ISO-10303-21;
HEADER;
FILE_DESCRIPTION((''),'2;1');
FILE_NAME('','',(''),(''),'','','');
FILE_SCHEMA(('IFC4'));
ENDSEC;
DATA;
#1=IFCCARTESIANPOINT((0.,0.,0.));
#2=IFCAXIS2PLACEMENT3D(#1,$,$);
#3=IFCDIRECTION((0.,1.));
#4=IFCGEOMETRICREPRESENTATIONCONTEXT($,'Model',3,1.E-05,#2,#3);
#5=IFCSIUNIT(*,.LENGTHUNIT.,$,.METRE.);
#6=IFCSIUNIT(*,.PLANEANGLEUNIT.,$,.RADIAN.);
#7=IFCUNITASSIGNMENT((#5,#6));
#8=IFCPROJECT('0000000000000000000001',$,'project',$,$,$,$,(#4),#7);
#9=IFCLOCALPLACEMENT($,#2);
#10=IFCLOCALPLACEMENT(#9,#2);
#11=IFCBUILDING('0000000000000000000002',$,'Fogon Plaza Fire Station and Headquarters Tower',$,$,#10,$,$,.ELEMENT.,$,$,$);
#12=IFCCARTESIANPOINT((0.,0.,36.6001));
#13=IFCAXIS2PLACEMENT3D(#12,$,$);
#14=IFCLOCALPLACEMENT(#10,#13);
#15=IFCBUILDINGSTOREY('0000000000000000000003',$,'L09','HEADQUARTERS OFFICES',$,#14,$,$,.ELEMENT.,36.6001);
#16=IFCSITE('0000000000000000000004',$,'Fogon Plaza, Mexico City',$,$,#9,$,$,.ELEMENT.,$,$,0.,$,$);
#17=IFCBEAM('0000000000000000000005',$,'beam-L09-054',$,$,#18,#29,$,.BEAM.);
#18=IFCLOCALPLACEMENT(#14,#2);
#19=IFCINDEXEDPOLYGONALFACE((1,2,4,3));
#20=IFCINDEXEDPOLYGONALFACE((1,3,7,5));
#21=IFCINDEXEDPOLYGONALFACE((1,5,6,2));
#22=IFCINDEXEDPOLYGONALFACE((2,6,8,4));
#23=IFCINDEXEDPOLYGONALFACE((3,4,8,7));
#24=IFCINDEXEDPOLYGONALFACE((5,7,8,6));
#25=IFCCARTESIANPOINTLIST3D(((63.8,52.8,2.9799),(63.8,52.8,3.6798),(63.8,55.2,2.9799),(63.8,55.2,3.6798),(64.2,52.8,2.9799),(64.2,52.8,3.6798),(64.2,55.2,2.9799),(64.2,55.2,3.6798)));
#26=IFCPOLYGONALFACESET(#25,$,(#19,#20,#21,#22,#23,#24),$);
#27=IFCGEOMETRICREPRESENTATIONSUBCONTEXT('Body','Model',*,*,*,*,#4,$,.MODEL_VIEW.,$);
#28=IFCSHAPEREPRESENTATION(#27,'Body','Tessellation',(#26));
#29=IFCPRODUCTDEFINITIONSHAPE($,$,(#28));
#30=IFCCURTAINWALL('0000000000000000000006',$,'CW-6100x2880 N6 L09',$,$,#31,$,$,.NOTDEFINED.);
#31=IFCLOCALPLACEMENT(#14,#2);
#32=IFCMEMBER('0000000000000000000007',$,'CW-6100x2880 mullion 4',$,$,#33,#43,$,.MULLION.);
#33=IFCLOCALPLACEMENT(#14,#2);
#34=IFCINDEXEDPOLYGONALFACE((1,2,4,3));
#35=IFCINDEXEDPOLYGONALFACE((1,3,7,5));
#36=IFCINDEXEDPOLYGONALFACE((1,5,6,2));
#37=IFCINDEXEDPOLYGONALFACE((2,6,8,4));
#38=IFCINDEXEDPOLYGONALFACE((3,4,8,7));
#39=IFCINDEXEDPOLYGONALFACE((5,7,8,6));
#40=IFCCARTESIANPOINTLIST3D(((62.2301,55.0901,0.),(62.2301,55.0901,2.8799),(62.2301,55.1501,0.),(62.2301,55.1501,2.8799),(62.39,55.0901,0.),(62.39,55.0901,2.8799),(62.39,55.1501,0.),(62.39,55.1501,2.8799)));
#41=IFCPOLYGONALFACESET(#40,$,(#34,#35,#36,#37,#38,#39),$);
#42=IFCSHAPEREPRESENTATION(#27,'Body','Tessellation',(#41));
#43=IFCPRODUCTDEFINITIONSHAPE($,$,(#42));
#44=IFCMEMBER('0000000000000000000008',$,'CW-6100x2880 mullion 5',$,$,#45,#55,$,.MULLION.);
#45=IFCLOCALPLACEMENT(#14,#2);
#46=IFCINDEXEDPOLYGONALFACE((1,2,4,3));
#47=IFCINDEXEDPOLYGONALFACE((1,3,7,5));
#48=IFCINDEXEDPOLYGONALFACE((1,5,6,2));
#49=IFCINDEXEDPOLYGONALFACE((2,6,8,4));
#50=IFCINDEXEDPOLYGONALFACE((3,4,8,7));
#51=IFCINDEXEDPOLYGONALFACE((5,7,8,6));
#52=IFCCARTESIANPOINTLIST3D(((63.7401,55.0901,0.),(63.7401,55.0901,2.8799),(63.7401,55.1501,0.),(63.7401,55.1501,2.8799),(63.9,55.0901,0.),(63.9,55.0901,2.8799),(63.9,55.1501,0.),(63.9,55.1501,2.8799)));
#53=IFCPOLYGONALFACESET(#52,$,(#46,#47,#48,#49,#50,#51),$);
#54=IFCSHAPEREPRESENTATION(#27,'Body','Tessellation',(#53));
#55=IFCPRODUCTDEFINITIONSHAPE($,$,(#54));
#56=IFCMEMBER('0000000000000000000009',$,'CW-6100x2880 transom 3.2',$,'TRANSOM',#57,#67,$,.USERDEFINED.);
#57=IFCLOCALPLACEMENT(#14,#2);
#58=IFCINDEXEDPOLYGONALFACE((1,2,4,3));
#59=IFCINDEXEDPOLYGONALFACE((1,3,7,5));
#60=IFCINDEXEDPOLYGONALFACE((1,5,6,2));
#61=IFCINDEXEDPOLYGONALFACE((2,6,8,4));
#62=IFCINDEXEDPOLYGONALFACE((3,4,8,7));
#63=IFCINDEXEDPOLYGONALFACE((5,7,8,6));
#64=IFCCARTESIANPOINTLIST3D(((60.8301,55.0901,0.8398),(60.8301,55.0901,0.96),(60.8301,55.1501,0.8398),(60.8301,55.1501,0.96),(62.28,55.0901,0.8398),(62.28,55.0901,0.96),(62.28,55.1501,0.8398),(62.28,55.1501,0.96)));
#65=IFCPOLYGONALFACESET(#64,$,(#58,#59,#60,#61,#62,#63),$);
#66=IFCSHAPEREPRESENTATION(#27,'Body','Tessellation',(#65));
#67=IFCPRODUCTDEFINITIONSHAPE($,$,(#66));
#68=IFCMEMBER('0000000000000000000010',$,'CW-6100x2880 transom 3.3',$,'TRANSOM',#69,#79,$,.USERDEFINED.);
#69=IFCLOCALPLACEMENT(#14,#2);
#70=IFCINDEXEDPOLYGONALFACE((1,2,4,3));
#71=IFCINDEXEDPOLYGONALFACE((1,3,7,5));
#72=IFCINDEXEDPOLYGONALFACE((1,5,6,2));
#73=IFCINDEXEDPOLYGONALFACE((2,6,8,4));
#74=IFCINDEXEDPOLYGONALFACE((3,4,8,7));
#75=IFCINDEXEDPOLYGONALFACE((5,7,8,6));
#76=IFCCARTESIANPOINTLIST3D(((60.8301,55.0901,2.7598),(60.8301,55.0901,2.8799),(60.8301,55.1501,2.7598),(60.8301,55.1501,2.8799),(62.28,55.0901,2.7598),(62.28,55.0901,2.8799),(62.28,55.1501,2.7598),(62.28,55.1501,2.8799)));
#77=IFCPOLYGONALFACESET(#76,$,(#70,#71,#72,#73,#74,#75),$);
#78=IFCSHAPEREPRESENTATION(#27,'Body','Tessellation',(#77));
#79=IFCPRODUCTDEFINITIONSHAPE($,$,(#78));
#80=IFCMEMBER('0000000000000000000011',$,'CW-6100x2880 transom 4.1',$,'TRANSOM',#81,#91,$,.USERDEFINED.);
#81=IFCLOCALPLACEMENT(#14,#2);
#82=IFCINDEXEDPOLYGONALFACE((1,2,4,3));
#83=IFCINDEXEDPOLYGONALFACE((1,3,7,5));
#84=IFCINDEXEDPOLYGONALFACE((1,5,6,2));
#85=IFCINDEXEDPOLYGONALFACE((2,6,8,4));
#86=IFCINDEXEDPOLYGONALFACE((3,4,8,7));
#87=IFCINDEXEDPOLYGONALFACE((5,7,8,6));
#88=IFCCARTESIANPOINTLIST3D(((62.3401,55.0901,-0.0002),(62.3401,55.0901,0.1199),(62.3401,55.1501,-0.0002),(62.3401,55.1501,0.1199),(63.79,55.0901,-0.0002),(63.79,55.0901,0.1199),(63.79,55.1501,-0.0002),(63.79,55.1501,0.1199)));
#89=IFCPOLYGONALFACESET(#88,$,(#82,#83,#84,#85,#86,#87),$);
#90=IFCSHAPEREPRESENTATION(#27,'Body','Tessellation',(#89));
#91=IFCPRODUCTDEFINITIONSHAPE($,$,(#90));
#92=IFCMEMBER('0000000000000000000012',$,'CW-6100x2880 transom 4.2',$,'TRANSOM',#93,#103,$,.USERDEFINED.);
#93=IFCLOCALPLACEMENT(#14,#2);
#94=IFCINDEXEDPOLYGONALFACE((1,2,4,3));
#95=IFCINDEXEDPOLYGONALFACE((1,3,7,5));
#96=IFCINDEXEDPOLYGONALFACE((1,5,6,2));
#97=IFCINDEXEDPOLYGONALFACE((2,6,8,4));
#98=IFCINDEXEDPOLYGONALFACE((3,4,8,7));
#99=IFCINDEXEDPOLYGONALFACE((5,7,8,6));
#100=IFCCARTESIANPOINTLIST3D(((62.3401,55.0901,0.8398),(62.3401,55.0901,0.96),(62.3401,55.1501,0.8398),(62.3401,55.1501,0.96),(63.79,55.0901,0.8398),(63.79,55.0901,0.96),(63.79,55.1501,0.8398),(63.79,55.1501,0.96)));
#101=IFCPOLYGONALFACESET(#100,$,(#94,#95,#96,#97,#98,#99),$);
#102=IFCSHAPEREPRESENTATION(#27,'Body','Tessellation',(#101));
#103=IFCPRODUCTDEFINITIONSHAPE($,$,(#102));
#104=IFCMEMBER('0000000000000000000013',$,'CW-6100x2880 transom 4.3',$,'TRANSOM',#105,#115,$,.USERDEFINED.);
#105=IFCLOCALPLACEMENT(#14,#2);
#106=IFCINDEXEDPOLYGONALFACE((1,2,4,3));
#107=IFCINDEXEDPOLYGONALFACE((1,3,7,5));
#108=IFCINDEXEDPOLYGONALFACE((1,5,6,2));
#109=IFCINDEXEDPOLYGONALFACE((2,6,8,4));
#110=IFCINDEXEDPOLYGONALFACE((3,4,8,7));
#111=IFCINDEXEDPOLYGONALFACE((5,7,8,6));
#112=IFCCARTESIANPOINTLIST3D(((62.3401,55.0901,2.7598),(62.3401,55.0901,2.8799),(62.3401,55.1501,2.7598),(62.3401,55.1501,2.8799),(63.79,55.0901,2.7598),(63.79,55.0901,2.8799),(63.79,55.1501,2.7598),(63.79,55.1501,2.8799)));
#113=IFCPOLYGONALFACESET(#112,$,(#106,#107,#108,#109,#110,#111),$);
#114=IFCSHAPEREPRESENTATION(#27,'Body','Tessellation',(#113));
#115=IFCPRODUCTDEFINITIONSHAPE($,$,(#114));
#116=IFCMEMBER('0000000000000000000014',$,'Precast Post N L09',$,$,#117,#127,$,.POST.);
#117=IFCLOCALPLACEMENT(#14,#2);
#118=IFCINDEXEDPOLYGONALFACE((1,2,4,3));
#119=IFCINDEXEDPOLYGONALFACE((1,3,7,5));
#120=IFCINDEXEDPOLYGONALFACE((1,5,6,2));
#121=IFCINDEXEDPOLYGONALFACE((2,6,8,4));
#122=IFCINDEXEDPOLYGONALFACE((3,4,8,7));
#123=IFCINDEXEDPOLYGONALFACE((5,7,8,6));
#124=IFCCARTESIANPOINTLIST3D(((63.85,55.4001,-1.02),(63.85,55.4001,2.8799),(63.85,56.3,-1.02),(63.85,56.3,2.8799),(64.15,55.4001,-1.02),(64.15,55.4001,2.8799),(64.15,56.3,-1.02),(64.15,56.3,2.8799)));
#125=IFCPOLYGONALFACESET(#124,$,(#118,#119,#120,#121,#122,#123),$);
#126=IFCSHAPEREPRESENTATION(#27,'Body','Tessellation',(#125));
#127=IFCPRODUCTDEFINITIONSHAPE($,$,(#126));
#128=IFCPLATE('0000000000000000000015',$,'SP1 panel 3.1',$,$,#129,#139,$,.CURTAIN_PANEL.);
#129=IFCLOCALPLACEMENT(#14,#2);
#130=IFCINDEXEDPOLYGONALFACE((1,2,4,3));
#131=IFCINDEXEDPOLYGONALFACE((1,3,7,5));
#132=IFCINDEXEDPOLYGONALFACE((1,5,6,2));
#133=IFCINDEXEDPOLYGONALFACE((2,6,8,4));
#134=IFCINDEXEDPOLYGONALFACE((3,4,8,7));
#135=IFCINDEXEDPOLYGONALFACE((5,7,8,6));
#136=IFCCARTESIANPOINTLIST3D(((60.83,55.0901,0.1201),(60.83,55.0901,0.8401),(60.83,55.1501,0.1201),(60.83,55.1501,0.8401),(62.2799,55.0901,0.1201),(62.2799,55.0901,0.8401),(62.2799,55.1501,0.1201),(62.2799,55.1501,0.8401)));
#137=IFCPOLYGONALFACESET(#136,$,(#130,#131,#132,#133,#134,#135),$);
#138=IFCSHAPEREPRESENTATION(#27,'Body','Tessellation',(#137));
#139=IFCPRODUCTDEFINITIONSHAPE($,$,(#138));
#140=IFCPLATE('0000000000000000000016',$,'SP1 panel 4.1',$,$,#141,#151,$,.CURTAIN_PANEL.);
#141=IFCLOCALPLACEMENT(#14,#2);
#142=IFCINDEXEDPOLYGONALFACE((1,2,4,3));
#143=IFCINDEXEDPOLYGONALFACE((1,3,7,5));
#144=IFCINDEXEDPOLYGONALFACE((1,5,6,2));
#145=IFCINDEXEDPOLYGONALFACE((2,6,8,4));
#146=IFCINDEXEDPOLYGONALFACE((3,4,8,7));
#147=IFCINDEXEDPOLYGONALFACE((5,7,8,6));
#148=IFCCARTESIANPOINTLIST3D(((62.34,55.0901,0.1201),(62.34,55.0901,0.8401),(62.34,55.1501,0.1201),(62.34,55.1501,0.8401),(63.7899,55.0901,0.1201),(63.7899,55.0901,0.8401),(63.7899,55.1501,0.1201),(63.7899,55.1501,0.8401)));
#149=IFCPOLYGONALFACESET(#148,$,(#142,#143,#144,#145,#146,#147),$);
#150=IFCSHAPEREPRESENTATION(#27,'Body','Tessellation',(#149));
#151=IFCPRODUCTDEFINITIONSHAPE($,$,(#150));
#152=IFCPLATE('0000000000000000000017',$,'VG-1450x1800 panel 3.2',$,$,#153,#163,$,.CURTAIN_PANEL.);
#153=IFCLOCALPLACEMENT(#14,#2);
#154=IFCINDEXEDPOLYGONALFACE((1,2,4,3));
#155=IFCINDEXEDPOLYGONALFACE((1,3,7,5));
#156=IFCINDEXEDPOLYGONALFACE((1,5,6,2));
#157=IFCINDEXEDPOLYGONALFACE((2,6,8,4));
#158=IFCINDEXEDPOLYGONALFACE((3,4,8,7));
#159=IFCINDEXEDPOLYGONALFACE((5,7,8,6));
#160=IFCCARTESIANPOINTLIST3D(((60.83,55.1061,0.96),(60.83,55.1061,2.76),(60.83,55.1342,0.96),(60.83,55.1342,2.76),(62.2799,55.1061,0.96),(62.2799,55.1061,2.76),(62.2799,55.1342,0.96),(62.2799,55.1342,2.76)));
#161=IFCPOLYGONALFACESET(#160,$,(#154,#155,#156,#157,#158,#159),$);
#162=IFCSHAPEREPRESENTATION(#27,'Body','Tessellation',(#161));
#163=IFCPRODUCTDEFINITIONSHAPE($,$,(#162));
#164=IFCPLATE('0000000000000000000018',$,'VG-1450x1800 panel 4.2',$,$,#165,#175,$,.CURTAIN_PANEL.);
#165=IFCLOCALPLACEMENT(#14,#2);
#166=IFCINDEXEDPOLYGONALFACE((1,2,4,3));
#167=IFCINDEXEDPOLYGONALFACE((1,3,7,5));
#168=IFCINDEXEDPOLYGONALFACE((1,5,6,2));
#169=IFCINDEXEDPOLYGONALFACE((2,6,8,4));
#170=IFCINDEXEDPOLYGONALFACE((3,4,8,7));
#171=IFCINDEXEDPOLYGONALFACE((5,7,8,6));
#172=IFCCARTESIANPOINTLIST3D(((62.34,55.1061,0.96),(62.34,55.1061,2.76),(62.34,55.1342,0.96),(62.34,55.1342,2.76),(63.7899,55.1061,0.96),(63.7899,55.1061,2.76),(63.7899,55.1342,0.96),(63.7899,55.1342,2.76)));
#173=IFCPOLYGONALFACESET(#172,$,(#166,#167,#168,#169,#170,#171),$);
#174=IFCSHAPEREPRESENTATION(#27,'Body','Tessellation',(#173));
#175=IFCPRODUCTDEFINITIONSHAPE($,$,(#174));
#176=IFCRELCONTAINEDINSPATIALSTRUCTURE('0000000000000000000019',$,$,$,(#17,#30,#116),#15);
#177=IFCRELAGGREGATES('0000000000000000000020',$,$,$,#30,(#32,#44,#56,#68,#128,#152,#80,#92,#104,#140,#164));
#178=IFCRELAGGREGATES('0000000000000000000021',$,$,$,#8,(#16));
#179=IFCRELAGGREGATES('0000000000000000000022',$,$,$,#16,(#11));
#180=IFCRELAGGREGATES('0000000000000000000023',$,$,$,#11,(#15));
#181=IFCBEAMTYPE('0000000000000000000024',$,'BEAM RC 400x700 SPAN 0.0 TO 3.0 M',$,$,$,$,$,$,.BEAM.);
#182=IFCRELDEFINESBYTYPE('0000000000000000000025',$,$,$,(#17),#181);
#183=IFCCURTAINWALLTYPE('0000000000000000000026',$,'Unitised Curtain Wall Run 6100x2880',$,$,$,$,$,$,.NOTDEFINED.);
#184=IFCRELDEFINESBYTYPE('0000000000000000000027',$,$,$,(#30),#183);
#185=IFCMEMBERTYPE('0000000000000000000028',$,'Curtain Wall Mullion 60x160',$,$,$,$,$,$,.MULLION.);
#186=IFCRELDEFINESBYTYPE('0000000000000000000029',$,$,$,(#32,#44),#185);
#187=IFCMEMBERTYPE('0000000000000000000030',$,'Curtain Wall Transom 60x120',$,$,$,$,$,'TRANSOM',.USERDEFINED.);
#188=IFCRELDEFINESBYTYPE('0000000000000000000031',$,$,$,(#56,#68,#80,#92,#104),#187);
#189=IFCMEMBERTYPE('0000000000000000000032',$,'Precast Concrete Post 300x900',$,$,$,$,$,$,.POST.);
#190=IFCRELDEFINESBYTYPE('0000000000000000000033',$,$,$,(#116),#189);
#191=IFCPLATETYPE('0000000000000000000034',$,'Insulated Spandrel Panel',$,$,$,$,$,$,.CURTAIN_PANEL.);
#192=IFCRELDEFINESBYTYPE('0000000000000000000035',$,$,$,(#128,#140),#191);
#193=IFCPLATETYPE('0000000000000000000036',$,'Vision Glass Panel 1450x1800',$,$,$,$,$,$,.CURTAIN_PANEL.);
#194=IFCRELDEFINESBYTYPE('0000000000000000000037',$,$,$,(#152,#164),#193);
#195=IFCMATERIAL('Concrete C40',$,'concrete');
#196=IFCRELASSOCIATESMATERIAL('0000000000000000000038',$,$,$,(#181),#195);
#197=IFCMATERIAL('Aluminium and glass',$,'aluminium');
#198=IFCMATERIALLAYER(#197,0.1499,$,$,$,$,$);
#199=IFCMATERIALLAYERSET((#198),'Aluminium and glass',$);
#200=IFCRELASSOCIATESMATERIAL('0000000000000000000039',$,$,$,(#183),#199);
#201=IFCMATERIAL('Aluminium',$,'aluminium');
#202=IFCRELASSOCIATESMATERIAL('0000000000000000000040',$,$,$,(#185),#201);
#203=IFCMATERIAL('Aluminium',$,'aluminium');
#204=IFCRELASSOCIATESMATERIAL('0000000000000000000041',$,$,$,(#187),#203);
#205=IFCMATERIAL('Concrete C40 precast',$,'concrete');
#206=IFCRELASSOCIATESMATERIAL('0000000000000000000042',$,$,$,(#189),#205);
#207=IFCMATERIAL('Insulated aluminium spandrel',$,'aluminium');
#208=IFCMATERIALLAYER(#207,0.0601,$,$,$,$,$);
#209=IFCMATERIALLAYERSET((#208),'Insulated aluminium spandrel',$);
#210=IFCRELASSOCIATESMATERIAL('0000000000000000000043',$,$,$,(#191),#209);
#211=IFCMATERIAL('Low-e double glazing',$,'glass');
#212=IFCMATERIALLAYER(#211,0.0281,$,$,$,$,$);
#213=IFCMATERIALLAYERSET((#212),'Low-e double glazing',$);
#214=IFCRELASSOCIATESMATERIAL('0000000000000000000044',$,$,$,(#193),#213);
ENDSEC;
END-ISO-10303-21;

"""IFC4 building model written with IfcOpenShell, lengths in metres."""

from ifc_helpers import new_model, si_unit, direction, frame, origin, origin_2d, place, context, subcontext, project, spatial, rectangle, extrude, material, layer, layer_set, material_profile, profile_set, type_object, element, aggregate, save


model = new_model("IFC4")

# Units and contexts
model_context = context("Model", 3, precision=1e-05, world=origin(), true_north=direction((0.0, 1.0)))
body_context = subcontext(model_context, "Body", "Model", "MODEL_VIEW")
ifc_project = project(units=[si_unit("LENGTHUNIT", "METRE"), si_unit("PLANEANGLEUNIT", "RADIAN")], contexts=[model_context])

# Site, building, storey
site_placement = place(None, origin())
site = spatial("IfcSite", under=ifc_project, at=site_placement, Name="Fogon Plaza, Mexico City", CompositionType="ELEMENT", RefElevation=0.0)
building_placement = place(site_placement, origin())
building = spatial("IfcBuilding", under=site, at=building_placement, Name="Fogon Plaza Fire Station and Headquarters Tower", CompositionType="ELEMENT")
storey_placement = place(building_placement, frame((0.0, 0.0, 36.6001)))
storey = spatial("IfcBuildingStorey", under=building, at=storey_placement, Name="L09", Description="HEADQUARTERS OFFICES", CompositionType="ELEMENT", Elevation=36.6001)

# Beam
ifc_material_1 = material(Name="Concrete C40", Category="concrete")
ifc_material_profile_1 = material_profile(ifc_material_1, rectangle(XDim=0.3999, YDim=0.7, at=origin_2d()), Name="RC 400x700")
ifc_profile_set_1 = profile_set([ifc_material_profile_1], Name="Concrete C40")
beam_type = type_object("IfcBeamType", Name="BEAM RC 400x700 SPAN 0.0 TO 3.0 M", PredefinedType="BEAM", material=ifc_profile_set_1)
beam_placement = place(storey_placement, frame((64.0, 52.8, 3.3298), z_axis=(0.0, 1.0, 0.0), x_axis=(-1.0, 0.0, 0.0)))
element("IfcBeam", 1, at=beam_placement, inside=storey, type_object=beam_type, Name="beam-L09-054", PredefinedType="BEAM", context=body_context, shape_type="SweptSolid", body=[
    extrude(rectangle(XDim=0.3999, YDim=0.7, at=origin_2d()), origin(), (0.0, 0.0, 1.0), 2.3999),
])

# Curtain wall, members
ifc_material_2 = material(Name="Aluminium and glass", Category="aluminium")
ifc_layer_1 = layer(ifc_material_2, 0.1499)
ifc_layer_set_1 = layer_set([ifc_layer_1], Name="Aluminium and glass")
curtain_wall_type = type_object("IfcCurtainWallType", Name="Unitised Curtain Wall Run 6100x2880", PredefinedType="NOTDEFINED", material=ifc_layer_set_1)
curtain_wall_placement = place(storey_placement, origin())
curtain_wall = element("IfcCurtainWall", 2, at=curtain_wall_placement, inside=storey, type_object=curtain_wall_type, Name="CW-6100x2880 N6 L09", PredefinedType="NOTDEFINED")
ifc_material_3 = material(Name="Aluminium", Category="aluminium")
ifc_material_profile_2 = material_profile(ifc_material_3, rectangle(XDim=0.0601, YDim=0.1599, at=origin_2d()), Name="Curtain Wall Mullion 60x160")
ifc_profile_set_2 = profile_set([ifc_material_profile_2], Name="Aluminium")
member_type_1 = type_object("IfcMemberType", Name="Curtain Wall Mullion 60x160", PredefinedType="MULLION", material=ifc_profile_set_2)
member_1_placement = place(storey_placement, frame((62.3101, 55.1201, 0.0), z_axis=(0.0, 0.0, 1.0), x_axis=(0.0, 1.0, 0.0)))
member_1 = element("IfcMember", 3, at=member_1_placement, type_object=member_type_1, Name="CW-6100x2880 mullion 4", PredefinedType="MULLION", context=body_context, shape_type="SweptSolid", body=[
    extrude(rectangle(XDim=0.0601, YDim=0.1599, at=origin_2d()), origin(), (0.0, 0.0, 1.0), 2.8799),
])
member_2_placement = place(storey_placement, frame((63.8201, 55.1201, 0.0), z_axis=(0.0, 0.0, 1.0), x_axis=(0.0, 1.0, 0.0)))
member_2 = element("IfcMember", 4, at=member_2_placement, type_object=member_type_1, Name="CW-6100x2880 mullion 5", PredefinedType="MULLION", context=body_context, shape_type="SweptSolid", body=[
    extrude(rectangle(XDim=0.0601, YDim=0.1599, at=origin_2d()), origin(), (0.0, 0.0, 1.0), 2.8799),
])
ifc_material_4 = material(Name="Aluminium", Category="aluminium")
ifc_material_profile_3 = material_profile(ifc_material_4, rectangle(XDim=0.0601, YDim=0.1201, at=origin_2d()), Name="Curtain Wall Transom 60x120")
ifc_profile_set_3 = profile_set([ifc_material_profile_3], Name="Aluminium")
member_type_2 = type_object("IfcMemberType", Name="Curtain Wall Transom 60x120", ElementType="TRANSOM", PredefinedType="USERDEFINED", material=ifc_profile_set_3)
member_3_placement = place(storey_placement, frame((60.8301, 55.1201, 0.8999), z_axis=(1.0, 0.0, 0.0), x_axis=(0.0, 1.0, 0.0)))
member_3 = element("IfcMember", 5, at=member_3_placement, type_object=member_type_2, Name="CW-6100x2880 transom 3.2", ObjectType="TRANSOM", PredefinedType="USERDEFINED", context=body_context, shape_type="SweptSolid", body=[
    extrude(rectangle(XDim=0.0601, YDim=0.1201, at=origin_2d()), origin(), (0.0, 0.0, 1.0), 1.45),
])
member_4_placement = place(storey_placement, frame((60.8301, 55.1201, 2.8198), z_axis=(1.0, 0.0, 0.0), x_axis=(0.0, 1.0, 0.0)))
member_4 = element("IfcMember", 6, at=member_4_placement, type_object=member_type_2, Name="CW-6100x2880 transom 3.3", ObjectType="TRANSOM", PredefinedType="USERDEFINED", context=body_context, shape_type="SweptSolid", body=[
    extrude(rectangle(XDim=0.0601, YDim=0.1201, at=origin_2d()), origin(), (0.0, 0.0, 1.0), 1.45),
])
member_5_placement = place(storey_placement, frame((62.3401, 55.1201, 0.0598), z_axis=(1.0, 0.0, 0.0), x_axis=(0.0, 1.0, 0.0)))
member_5 = element("IfcMember", 7, at=member_5_placement, type_object=member_type_2, Name="CW-6100x2880 transom 4.1", ObjectType="TRANSOM", PredefinedType="USERDEFINED", context=body_context, shape_type="SweptSolid", body=[
    extrude(rectangle(XDim=0.0601, YDim=0.1201, at=origin_2d()), origin(), (0.0, 0.0, 1.0), 1.45),
])
member_6_placement = place(storey_placement, frame((62.3401, 55.1201, 0.8999), z_axis=(1.0, 0.0, 0.0), x_axis=(0.0, 1.0, 0.0)))
member_6 = element("IfcMember", 8, at=member_6_placement, type_object=member_type_2, Name="CW-6100x2880 transom 4.2", ObjectType="TRANSOM", PredefinedType="USERDEFINED", context=body_context, shape_type="SweptSolid", body=[
    extrude(rectangle(XDim=0.0601, YDim=0.1201, at=origin_2d()), origin(), (0.0, 0.0, 1.0), 1.45),
])
member_7_placement = place(storey_placement, frame((62.3401, 55.1201, 2.8198), z_axis=(1.0, 0.0, 0.0), x_axis=(0.0, 1.0, 0.0)))
member_7 = element("IfcMember", 9, at=member_7_placement, type_object=member_type_2, Name="CW-6100x2880 transom 4.3", ObjectType="TRANSOM", PredefinedType="USERDEFINED", context=body_context, shape_type="SweptSolid", body=[
    extrude(rectangle(XDim=0.0601, YDim=0.1201, at=origin_2d()), origin(), (0.0, 0.0, 1.0), 1.45),
])

# Member
ifc_material_5 = material(Name="Concrete C40 precast", Category="concrete")
ifc_material_profile_4 = material_profile(ifc_material_5, rectangle(XDim=0.3, YDim=0.8999, at=origin_2d()), Name="Precast Concrete Post 300x900")
ifc_profile_set_4 = profile_set([ifc_material_profile_4], Name="Concrete C40 precast")
member_type_3 = type_object("IfcMemberType", Name="Precast Concrete Post 300x900", PredefinedType="POST", material=ifc_profile_set_4)
member_8_placement = place(storey_placement, frame((64.0, 55.8501, -1.02), z_axis=(0.0, 0.0, 1.0), x_axis=(1.0, 0.0, 0.0)))
element("IfcMember", 10, at=member_8_placement, inside=storey, type_object=member_type_3, Name="Precast Post N L09", PredefinedType="POST", context=body_context, shape_type="SweptSolid", body=[
    extrude(rectangle(XDim=0.3, YDim=0.8999, at=origin_2d()), origin(), (0.0, 0.0, 1.0), 3.8999),
])

# Plates
ifc_material_6 = material(Name="Insulated aluminium spandrel", Category="aluminium")
ifc_layer_2 = layer(ifc_material_6, 0.0601)
ifc_layer_set_2 = layer_set([ifc_layer_2], Name="Insulated aluminium spandrel")
plate_type_1 = type_object("IfcPlateType", Name="Insulated Spandrel Panel", PredefinedType="CURTAIN_PANEL", material=ifc_layer_set_2)
plate_1_placement = place(storey_placement, frame((61.5549, 55.1201, 0.1201), z_axis=(0.0, 0.0, 1.0), x_axis=(1.0, 0.0, 0.0)))
plate_1 = element("IfcPlate", 11, at=plate_1_placement, type_object=plate_type_1, Name="SP1 panel 3.1", PredefinedType="CURTAIN_PANEL", context=body_context, shape_type="SweptSolid", body=[
    extrude(rectangle(XDim=1.45, YDim=0.0601, at=origin_2d()), origin(), (0.0, 0.0, 1.0), 0.72),
])
plate_2_placement = place(storey_placement, frame((63.0649, 55.1201, 0.1201), z_axis=(0.0, 0.0, 1.0), x_axis=(1.0, 0.0, 0.0)))
plate_2 = element("IfcPlate", 12, at=plate_2_placement, type_object=plate_type_1, Name="SP1 panel 4.1", PredefinedType="CURTAIN_PANEL", context=body_context, shape_type="SweptSolid", body=[
    extrude(rectangle(XDim=1.45, YDim=0.0601, at=origin_2d()), origin(), (0.0, 0.0, 1.0), 0.72),
])
ifc_material_7 = material(Name="Low-e double glazing", Category="glass")
ifc_layer_3 = layer(ifc_material_7, 0.0281)
ifc_layer_set_3 = layer_set([ifc_layer_3], Name="Low-e double glazing")
plate_type_2 = type_object("IfcPlateType", Name="Vision Glass Panel 1450x1800", PredefinedType="CURTAIN_PANEL", material=ifc_layer_set_3)
plate_3_placement = place(storey_placement, frame((61.5549, 55.1201, 0.96), z_axis=(0.0, 0.0, 1.0), x_axis=(1.0, 0.0, 0.0)))
plate_3 = element("IfcPlate", 13, at=plate_3_placement, type_object=plate_type_2, Name="VG-1450x1800 panel 3.2", PredefinedType="CURTAIN_PANEL", context=body_context, shape_type="SweptSolid", body=[
    extrude(rectangle(XDim=1.45, YDim=0.0281, at=origin_2d()), origin(), (0.0, 0.0, 1.0), 1.8),
])
plate_4_placement = place(storey_placement, frame((63.0649, 55.1201, 0.96), z_axis=(0.0, 0.0, 1.0), x_axis=(1.0, 0.0, 0.0)))
plate_4 = element("IfcPlate", 14, at=plate_4_placement, type_object=plate_type_2, Name="VG-1450x1800 panel 4.2", PredefinedType="CURTAIN_PANEL", context=body_context, shape_type="SweptSolid", body=[
    extrude(rectangle(XDim=1.45, YDim=0.0281, at=origin_2d()), origin(), (0.0, 0.0, 1.0), 1.8),
])
aggregate(curtain_wall, [member_1, member_2, member_3, member_4, plate_1, plate_3, member_5, member_6, member_7, plate_2, plate_4])

save(model, "model.ifc")
